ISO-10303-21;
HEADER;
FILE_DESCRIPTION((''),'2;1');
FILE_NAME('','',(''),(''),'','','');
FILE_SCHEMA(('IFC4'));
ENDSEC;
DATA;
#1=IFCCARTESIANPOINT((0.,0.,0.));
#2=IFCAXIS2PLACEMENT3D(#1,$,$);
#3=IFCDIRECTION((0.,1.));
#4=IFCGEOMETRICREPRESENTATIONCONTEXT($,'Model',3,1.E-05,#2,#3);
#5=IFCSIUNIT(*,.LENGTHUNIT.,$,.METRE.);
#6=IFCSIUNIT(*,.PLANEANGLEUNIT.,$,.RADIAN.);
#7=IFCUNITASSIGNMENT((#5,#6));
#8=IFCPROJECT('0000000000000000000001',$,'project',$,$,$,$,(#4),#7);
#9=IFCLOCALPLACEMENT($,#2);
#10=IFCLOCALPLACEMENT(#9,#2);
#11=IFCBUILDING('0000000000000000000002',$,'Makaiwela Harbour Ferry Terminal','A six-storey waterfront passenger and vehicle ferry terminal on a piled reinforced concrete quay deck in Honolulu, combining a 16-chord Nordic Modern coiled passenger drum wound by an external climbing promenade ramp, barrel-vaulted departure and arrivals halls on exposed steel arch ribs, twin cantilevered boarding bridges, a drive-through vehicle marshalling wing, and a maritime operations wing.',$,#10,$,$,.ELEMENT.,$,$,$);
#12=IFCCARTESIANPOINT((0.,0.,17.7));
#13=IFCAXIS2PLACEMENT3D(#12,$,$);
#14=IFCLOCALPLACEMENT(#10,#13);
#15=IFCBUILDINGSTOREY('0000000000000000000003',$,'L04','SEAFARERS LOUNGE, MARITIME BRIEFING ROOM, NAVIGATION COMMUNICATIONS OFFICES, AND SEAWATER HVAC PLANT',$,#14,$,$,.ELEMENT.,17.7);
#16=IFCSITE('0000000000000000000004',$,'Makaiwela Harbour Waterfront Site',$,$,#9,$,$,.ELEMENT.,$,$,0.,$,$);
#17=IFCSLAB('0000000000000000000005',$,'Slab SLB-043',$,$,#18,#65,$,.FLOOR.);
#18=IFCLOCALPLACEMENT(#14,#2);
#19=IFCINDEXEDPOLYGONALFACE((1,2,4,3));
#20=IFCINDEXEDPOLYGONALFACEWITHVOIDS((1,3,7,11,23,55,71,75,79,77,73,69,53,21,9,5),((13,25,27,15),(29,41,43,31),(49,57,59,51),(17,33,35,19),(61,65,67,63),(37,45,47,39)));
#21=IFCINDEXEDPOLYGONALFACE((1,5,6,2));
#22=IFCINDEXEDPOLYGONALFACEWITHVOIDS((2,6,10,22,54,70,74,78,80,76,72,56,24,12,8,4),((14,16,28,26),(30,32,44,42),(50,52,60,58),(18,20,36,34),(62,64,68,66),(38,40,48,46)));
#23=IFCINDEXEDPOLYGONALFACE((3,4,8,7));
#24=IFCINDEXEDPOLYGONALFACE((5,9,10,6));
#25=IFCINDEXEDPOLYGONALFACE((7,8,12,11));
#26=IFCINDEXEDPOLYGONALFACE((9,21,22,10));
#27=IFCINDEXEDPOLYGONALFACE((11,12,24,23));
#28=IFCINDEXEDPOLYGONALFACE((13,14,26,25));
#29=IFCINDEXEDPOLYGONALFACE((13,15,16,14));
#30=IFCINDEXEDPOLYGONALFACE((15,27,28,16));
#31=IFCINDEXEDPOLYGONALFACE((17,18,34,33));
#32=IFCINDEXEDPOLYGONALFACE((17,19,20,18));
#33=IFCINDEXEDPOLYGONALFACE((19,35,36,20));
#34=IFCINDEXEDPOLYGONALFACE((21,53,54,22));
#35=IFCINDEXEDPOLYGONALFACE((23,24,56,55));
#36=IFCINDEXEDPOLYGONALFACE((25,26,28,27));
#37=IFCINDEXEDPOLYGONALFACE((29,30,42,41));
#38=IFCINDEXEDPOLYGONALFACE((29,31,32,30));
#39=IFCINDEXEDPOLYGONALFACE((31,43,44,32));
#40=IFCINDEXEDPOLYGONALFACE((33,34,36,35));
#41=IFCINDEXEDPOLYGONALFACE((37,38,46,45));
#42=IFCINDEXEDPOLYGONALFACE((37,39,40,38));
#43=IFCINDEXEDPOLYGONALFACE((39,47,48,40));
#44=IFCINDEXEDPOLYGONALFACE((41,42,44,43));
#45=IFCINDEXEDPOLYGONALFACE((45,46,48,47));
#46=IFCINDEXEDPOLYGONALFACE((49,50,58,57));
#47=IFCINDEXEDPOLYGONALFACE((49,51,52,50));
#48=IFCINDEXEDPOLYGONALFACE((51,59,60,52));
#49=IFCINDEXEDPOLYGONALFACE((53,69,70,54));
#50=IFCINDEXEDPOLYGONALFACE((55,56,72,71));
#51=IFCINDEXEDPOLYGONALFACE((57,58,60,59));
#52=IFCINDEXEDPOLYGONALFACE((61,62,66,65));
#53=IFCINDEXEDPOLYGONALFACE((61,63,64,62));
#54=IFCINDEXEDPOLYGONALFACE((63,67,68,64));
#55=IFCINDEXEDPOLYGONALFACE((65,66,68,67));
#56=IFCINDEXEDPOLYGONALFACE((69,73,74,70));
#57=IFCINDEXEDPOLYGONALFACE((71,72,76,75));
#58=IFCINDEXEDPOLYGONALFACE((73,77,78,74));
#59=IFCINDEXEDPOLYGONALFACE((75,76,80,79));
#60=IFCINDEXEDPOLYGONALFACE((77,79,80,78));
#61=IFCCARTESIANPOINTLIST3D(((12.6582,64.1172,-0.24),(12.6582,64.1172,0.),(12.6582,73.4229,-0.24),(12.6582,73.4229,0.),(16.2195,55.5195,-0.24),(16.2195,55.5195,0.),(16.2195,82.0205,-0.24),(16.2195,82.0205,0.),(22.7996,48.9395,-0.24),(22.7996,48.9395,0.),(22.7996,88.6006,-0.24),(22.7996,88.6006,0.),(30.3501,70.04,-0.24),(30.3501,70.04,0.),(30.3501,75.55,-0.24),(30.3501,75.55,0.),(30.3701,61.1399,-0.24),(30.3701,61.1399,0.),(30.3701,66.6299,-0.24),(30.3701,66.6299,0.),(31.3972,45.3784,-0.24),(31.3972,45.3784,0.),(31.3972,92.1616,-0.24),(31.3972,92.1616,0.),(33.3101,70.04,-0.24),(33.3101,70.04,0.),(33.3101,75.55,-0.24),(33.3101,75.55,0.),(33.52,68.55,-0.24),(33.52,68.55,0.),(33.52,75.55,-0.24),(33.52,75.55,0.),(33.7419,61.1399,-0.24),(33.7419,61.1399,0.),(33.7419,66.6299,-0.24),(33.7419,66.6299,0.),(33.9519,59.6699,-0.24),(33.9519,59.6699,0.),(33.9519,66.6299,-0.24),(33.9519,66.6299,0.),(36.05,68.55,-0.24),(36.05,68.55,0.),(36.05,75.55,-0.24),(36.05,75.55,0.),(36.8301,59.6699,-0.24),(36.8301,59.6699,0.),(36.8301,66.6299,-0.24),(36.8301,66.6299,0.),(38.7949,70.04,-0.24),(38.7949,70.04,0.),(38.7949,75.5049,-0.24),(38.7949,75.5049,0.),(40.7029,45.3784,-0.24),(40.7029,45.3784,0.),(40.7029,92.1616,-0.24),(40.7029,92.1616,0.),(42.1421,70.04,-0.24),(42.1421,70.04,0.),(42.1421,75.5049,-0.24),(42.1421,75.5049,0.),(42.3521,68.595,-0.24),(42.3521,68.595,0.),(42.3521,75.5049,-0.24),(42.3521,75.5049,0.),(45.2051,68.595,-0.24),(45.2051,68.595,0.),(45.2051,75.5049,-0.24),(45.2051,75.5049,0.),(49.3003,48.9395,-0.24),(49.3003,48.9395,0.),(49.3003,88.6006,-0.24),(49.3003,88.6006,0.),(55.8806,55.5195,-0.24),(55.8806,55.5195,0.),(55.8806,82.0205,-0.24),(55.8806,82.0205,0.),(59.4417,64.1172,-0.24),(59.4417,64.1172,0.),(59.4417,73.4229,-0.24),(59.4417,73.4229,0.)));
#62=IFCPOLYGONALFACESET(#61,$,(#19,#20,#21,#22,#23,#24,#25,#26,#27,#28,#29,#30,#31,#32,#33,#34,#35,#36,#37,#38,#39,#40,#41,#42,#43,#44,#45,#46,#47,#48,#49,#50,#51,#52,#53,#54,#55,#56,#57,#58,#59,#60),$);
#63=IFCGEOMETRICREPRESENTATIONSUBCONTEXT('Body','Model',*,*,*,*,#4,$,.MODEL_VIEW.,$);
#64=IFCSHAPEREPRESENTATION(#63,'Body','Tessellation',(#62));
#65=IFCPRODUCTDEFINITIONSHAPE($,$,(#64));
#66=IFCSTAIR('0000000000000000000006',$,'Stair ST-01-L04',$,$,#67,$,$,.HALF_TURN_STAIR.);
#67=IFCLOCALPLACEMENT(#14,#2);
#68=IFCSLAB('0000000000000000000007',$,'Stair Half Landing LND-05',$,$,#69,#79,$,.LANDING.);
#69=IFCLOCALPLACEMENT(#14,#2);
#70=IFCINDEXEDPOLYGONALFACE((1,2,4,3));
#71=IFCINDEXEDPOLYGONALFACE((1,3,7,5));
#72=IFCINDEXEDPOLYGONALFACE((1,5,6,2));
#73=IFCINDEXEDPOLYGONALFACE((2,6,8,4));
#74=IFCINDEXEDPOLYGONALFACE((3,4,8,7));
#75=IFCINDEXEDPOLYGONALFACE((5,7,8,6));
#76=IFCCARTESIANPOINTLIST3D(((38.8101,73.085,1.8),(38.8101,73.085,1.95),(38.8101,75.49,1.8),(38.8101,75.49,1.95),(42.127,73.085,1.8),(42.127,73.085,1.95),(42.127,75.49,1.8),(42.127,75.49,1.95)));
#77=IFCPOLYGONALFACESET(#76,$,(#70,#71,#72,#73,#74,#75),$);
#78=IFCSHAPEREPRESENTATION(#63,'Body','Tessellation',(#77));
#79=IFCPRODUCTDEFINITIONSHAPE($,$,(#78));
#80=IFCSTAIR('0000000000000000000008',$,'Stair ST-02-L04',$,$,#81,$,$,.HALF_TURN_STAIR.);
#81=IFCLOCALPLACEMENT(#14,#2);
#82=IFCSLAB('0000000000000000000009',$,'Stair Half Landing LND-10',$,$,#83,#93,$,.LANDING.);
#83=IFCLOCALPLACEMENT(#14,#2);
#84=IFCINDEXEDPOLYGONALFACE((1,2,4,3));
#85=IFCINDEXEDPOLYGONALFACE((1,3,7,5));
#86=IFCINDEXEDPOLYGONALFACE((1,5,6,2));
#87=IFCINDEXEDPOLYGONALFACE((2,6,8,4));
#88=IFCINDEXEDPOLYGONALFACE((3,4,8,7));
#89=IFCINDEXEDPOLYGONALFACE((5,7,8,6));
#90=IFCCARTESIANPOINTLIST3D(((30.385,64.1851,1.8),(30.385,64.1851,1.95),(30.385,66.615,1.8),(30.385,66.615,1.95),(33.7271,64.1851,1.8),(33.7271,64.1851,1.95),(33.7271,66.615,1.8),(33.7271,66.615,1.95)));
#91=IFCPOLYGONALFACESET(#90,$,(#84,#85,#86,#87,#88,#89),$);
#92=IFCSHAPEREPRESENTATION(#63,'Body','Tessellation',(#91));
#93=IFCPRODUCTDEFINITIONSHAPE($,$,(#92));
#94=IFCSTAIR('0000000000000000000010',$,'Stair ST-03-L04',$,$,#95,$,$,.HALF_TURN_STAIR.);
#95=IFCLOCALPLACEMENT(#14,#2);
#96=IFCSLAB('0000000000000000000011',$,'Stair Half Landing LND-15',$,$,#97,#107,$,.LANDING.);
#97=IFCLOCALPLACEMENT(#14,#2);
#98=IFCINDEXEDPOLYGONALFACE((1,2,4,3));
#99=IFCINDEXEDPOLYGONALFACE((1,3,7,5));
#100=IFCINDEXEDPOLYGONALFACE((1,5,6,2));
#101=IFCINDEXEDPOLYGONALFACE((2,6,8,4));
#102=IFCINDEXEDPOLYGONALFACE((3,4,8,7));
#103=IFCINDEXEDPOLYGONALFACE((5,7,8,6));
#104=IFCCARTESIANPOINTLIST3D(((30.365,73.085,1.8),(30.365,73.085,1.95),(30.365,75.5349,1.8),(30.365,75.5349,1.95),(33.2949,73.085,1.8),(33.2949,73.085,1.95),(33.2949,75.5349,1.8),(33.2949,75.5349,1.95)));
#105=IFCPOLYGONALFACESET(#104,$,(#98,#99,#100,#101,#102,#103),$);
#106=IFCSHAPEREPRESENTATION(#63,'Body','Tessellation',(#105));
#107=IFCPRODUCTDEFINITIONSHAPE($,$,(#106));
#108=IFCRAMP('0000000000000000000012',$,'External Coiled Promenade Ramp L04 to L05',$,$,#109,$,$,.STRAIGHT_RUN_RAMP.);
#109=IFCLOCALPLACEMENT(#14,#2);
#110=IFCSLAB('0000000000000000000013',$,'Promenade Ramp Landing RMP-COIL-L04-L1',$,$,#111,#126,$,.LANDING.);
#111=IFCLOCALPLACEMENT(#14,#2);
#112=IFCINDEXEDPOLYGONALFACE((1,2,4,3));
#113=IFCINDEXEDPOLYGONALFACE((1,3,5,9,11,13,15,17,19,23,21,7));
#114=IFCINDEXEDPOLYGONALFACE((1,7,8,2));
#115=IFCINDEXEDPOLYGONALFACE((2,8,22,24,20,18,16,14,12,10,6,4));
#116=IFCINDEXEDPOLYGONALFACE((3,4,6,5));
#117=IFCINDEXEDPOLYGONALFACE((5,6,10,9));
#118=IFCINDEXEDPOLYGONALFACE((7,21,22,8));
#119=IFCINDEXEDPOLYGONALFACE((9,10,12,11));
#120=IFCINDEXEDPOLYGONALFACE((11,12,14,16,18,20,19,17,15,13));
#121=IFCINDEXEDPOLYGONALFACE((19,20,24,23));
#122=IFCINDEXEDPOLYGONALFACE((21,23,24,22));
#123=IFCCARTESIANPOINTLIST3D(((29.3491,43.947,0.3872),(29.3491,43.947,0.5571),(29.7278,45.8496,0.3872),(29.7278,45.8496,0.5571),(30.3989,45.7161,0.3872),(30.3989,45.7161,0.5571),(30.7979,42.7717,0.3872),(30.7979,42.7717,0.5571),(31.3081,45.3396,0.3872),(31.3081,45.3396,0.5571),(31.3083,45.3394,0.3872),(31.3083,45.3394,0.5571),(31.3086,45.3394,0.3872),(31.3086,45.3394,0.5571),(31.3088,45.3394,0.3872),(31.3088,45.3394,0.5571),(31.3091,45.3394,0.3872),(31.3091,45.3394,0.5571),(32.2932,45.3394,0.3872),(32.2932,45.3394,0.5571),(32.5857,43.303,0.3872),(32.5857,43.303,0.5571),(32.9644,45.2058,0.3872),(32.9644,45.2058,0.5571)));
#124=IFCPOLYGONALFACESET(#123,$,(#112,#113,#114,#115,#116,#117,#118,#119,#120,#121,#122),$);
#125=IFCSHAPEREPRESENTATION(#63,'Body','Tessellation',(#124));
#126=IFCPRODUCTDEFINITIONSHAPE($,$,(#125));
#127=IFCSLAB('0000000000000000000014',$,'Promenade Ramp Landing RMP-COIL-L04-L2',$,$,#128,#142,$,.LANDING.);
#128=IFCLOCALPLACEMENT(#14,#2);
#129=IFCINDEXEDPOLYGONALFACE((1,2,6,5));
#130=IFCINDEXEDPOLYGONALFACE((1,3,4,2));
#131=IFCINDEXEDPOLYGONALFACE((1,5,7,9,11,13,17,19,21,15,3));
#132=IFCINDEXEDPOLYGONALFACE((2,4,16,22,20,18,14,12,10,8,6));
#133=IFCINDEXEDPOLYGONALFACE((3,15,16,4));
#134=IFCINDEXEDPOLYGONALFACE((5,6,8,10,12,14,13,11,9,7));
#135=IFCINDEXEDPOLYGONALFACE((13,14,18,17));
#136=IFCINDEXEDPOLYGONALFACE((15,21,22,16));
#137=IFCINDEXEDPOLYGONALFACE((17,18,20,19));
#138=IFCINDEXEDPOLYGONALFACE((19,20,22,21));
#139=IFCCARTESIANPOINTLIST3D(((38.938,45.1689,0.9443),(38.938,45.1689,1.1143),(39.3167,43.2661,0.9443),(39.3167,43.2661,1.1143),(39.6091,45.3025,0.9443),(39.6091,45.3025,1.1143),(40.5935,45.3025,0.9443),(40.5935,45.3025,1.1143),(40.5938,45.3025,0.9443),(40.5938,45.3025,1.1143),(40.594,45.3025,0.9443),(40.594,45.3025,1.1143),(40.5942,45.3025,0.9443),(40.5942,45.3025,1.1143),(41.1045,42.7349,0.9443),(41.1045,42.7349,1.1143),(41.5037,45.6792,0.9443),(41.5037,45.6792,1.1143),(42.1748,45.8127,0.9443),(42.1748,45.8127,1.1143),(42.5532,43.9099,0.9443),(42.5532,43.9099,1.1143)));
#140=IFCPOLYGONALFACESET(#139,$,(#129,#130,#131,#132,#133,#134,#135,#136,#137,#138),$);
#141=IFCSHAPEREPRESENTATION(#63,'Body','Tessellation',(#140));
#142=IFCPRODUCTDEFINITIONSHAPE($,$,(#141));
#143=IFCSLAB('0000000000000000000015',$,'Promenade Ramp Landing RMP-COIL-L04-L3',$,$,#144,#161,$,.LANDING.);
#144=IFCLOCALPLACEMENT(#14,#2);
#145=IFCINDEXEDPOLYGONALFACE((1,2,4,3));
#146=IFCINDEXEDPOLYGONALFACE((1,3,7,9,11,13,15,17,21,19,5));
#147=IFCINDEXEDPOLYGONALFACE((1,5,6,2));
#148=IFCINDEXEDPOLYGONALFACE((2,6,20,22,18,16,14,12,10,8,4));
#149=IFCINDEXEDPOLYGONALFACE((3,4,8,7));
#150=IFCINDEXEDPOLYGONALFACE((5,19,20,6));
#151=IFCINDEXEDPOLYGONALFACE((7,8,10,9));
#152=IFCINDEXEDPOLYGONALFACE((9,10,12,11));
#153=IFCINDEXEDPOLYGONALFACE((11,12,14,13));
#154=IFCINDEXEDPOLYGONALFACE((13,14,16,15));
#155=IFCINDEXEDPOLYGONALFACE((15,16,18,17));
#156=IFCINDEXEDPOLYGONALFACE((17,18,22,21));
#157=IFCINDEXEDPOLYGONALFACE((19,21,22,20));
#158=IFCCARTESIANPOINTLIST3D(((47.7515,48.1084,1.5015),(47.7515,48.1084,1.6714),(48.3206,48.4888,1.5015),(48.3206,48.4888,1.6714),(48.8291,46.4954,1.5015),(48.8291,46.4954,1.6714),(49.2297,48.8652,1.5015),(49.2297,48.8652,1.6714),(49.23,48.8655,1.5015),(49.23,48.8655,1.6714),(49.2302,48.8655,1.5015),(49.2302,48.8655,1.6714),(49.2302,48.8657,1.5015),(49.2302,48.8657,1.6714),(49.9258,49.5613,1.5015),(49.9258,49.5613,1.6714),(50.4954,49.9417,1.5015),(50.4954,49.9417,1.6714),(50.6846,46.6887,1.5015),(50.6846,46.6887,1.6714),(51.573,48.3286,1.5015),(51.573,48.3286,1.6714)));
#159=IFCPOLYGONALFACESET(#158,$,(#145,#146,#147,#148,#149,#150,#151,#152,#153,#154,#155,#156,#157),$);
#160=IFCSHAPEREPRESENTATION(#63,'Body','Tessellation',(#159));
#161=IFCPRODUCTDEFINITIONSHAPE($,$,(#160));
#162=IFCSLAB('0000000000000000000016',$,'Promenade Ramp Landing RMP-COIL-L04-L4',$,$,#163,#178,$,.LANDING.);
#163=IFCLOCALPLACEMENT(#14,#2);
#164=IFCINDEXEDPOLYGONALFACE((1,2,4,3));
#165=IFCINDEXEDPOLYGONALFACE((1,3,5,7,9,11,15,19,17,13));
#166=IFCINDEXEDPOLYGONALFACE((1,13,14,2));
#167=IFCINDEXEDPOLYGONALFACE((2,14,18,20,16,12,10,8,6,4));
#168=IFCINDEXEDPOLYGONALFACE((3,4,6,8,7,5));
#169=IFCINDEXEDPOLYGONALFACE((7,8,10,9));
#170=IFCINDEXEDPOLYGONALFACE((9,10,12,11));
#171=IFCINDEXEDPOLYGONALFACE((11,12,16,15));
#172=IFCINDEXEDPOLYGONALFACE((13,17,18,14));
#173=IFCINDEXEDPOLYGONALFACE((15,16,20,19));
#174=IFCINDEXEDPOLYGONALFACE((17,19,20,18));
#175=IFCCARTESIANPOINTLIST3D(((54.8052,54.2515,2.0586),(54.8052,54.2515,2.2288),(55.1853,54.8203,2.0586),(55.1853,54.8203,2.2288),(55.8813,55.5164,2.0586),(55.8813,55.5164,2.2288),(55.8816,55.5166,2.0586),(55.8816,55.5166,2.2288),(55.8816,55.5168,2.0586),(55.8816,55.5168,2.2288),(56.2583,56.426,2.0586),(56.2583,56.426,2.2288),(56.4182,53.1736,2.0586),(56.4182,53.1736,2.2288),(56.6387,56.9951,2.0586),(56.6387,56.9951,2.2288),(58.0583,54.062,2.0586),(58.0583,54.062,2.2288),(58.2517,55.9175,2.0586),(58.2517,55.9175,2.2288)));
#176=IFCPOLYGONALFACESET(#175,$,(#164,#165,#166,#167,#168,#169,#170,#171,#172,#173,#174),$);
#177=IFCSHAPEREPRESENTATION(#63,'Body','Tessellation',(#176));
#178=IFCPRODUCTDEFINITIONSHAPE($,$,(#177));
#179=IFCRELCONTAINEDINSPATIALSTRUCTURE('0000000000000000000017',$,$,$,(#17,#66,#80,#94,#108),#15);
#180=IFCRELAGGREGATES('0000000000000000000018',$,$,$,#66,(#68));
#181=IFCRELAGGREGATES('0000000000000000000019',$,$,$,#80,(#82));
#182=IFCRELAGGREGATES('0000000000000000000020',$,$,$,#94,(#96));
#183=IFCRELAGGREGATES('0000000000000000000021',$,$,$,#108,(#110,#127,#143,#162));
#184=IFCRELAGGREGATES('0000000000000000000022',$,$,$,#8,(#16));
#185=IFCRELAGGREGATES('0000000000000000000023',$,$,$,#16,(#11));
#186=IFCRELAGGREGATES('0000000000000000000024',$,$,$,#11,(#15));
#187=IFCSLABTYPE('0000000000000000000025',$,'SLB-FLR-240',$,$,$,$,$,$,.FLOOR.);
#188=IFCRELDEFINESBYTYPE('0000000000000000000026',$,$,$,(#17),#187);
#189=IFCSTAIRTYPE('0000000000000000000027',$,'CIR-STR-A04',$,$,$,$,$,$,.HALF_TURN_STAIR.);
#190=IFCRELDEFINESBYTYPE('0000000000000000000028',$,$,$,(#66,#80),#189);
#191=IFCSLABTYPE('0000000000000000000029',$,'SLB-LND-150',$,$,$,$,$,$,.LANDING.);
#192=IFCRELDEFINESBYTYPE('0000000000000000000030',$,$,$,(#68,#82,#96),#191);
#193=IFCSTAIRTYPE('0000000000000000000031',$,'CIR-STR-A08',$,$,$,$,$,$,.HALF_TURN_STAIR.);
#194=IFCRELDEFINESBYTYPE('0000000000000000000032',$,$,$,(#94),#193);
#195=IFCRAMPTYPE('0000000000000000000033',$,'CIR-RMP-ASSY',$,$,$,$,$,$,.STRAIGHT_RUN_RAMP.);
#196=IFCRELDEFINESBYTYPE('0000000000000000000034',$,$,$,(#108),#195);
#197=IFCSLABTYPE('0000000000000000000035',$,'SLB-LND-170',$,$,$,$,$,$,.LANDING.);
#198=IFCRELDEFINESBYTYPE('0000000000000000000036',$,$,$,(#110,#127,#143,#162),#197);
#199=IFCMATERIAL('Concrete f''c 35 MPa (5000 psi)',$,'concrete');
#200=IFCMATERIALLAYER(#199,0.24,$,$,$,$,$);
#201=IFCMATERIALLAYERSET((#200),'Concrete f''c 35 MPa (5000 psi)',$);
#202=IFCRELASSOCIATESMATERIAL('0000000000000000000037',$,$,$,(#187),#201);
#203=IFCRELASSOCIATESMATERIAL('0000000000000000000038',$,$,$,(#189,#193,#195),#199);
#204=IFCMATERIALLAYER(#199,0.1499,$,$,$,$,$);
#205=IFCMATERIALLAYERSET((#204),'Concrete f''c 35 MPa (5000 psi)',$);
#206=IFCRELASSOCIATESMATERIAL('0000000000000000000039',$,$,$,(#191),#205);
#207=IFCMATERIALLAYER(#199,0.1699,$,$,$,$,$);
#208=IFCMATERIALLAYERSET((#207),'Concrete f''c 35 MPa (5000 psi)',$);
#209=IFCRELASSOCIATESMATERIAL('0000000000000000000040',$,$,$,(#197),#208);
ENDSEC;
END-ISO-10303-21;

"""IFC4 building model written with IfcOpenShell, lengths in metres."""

from ifc_helpers import new_model, si_unit, direction, frame, origin, place, context, subcontext, project, spatial, polyline, outline, extrude, material, layer, layer_set, type_object, element, aggregate, save


model = new_model("IFC4")

# Units and contexts
model_context = context("Model", 3, precision=1e-05, world=origin(), true_north=direction((0.0, 1.0)))
body_context = subcontext(model_context, "Body", "Model", "MODEL_VIEW")
ifc_project = project(units=[si_unit("LENGTHUNIT", "METRE"), si_unit("PLANEANGLEUNIT", "RADIAN")], contexts=[model_context])

# Site, building, storey
site_placement = place(None, origin())
site = spatial("IfcSite", under=ifc_project, at=site_placement, Name="Makaiwela Harbour Waterfront Site", CompositionType="ELEMENT", RefElevation=0.0)
building_placement = place(site_placement, origin())
building = spatial("IfcBuilding", under=site, at=building_placement, Name="Makaiwela Harbour Ferry Terminal", Description="A six-storey waterfront passenger and vehicle ferry terminal on a piled reinforced concrete quay deck in Honolulu, combining a 16-chord Nordic Modern coiled passenger drum wound by an external climbing promenade ramp, barrel-vaulted departure and arrivals halls on exposed steel arch ribs, twin cantilevered boarding bridges, a drive-through vehicle marshalling wing, and a maritime operations wing.", CompositionType="ELEMENT")
storey_placement = place(building_placement, frame((0.0, 0.0, 17.7)))
storey = spatial("IfcBuildingStorey", under=building, at=storey_placement, Name="L04", Description="SEAFARERS LOUNGE, MARITIME BRIEFING ROOM, NAVIGATION COMMUNICATIONS OFFICES, AND SEAWATER HVAC PLANT", CompositionType="ELEMENT", Elevation=17.7)

# Slab
ifc_material_1 = material(Name="Concrete f'c 35 MPa (5000 psi)", Category="concrete")
ifc_layer_1 = layer(ifc_material_1, 0.24)
ifc_layer_set_1 = layer_set([ifc_layer_1], Name="Concrete f'c 35 MPa (5000 psi)")
slab_type_1 = type_object("IfcSlabType", Name="SLB-FLR-240", PredefinedType="FLOOR", material=ifc_layer_set_1)
slab_1_placement = place(storey_placement, frame((0.0, 0.0, -0.24)))
element("IfcSlab", 1, at=slab_1_placement, inside=storey, type_object=slab_type_1, Name="Slab SLB-043", PredefinedType="FLOOR", context=body_context, shape_type="SweptSolid", body=[
    extrude(outline(polyline([(59.4417, 73.4229), (55.8806, 82.0205), (49.3003, 88.6006), (40.7029, 92.1616), (31.3972, 92.1616), (22.7996, 88.6006), (16.2195, 82.0205), (12.6582, 73.4229), (12.6582, 64.1172), (16.2195, 55.5195), (22.7996, 48.9395), (31.3972, 45.3784), (40.7029, 45.3784), (49.3003, 48.9395), (55.8806, 55.5195), (59.4417, 64.1172), (59.4417, 73.4229)]), holes=[polyline([(38.7949, 70.04), (38.7949, 75.5049), (42.1421, 75.5049), (42.1421, 70.04), (38.7949, 70.04)]), polyline([(42.3521, 68.595), (42.3521, 75.5049), (45.2051, 75.5049), (45.2051, 68.595), (42.3521, 68.595)]), polyline([(30.3701, 61.1399), (30.3701, 66.6299), (33.7419, 66.6299), (33.7419, 61.1399), (30.3701, 61.1399)]), polyline([(33.9519, 59.6699), (33.9519, 66.6299), (36.8301, 66.6299), (36.8301, 59.6699), (33.9519, 59.6699)]), polyline([(30.3501, 70.04), (30.3501, 75.55), (33.3101, 75.55), (33.3101, 70.04), (30.3501, 70.04)]), polyline([(33.52, 68.55), (33.52, 75.55), (36.05, 75.55), (36.05, 68.55), (33.52, 68.55)])]), origin(), (0.0, 0.0, 1.0), 0.24),
])

# Stairs, slabs
stair_type_1 = type_object("IfcStairType", Name="CIR-STR-A04", PredefinedType="HALF_TURN_STAIR", material=ifc_material_1)
stair_1_placement = place(storey_placement, origin())
stair_1 = element("IfcStair", 2, at=stair_1_placement, inside=storey, type_object=stair_type_1, Name="Stair ST-01-L04", PredefinedType="HALF_TURN_STAIR")
ifc_layer_2 = layer(ifc_material_1, 0.1499)
ifc_layer_set_2 = layer_set([ifc_layer_2], Name="Concrete f'c 35 MPa (5000 psi)")
slab_type_2 = type_object("IfcSlabType", Name="SLB-LND-150", PredefinedType="LANDING", material=ifc_layer_set_2)
slab_2_placement = place(storey_placement, frame((0.0, 0.0, 1.8)))
slab_2 = element("IfcSlab", 3, at=slab_2_placement, type_object=slab_type_2, Name="Stair Half Landing LND-05", PredefinedType="LANDING", context=body_context, shape_type="SweptSolid", body=[
    extrude(outline(polyline([(38.8101, 73.085), (42.127, 73.085), (42.127, 75.49), (38.8101, 75.49), (38.8101, 73.085)])), origin(), (0.0, 0.0, 1.0), 0.1499),
])
aggregate(stair_1, [slab_2])
stair_2_placement = place(storey_placement, origin())
stair_2 = element("IfcStair", 4, at=stair_2_placement, inside=storey, type_object=stair_type_1, Name="Stair ST-02-L04", PredefinedType="HALF_TURN_STAIR")
slab_3_placement = place(storey_placement, frame((0.0, 0.0, 1.8)))
slab_3 = element("IfcSlab", 5, at=slab_3_placement, type_object=slab_type_2, Name="Stair Half Landing LND-10", PredefinedType="LANDING", context=body_context, shape_type="SweptSolid", body=[
    extrude(outline(polyline([(30.385, 64.1851), (33.7271, 64.1851), (33.7271, 66.615), (30.385, 66.615), (30.385, 64.1851)])), origin(), (0.0, 0.0, 1.0), 0.1499),
])
aggregate(stair_2, [slab_3])
stair_type_2 = type_object("IfcStairType", Name="CIR-STR-A08", PredefinedType="HALF_TURN_STAIR", material=ifc_material_1)
stair_3_placement = place(storey_placement, origin())
stair_3 = element("IfcStair", 6, at=stair_3_placement, inside=storey, type_object=stair_type_2, Name="Stair ST-03-L04", PredefinedType="HALF_TURN_STAIR")
slab_4_placement = place(storey_placement, frame((0.0, 0.0, 1.8)))
slab_4 = element("IfcSlab", 7, at=slab_4_placement, type_object=slab_type_2, Name="Stair Half Landing LND-15", PredefinedType="LANDING", context=body_context, shape_type="SweptSolid", body=[
    extrude(outline(polyline([(30.365, 73.085), (33.2949, 73.085), (33.2949, 75.5349), (30.365, 75.5349), (30.365, 73.085)])), origin(), (0.0, 0.0, 1.0), 0.1499),
])
aggregate(stair_3, [slab_4])

# Ramp, slabs
ramp_type = type_object("IfcRampType", Name="CIR-RMP-ASSY", PredefinedType="STRAIGHT_RUN_RAMP", material=ifc_material_1)
ramp_placement = place(storey_placement, origin())
ramp = element("IfcRamp", 8, at=ramp_placement, inside=storey, type_object=ramp_type, Name="External Coiled Promenade Ramp L04 to L05", PredefinedType="STRAIGHT_RUN_RAMP")
ifc_layer_3 = layer(ifc_material_1, 0.1699)
ifc_layer_set_3 = layer_set([ifc_layer_3], Name="Concrete f'c 35 MPa (5000 psi)")
slab_type_3 = type_object("IfcSlabType", Name="SLB-LND-170", PredefinedType="LANDING", material=ifc_layer_set_3)
slab_5_placement = place(storey_placement, frame((0.0, 0.0, 0.3872)))
slab_5 = element("IfcSlab", 9, at=slab_5_placement, type_object=slab_type_3, Name="Promenade Ramp Landing RMP-COIL-L04-L1", PredefinedType="LANDING", context=body_context, shape_type="SweptSolid", body=[
    extrude(outline(polyline([(32.2932, 45.3394), (31.3091, 45.3394), (31.3088, 45.3394), (31.3086, 45.3394), (31.3083, 45.3394), (31.3081, 45.3396), (30.3989, 45.7161), (29.7278, 45.8496), (29.3491, 43.947), (30.7979, 42.7717), (32.5857, 43.303), (32.9644, 45.2058), (32.2932, 45.3394)])), origin(), (0.0, 0.0, 1.0), 0.1699),
])
slab_6_placement = place(storey_placement, frame((0.0, 0.0, 0.9443)))
slab_6 = element("IfcSlab", 10, at=slab_6_placement, type_object=slab_type_3, Name="Promenade Ramp Landing RMP-COIL-L04-L2", PredefinedType="LANDING", context=body_context, shape_type="SweptSolid", body=[
    extrude(outline(polyline([(41.5037, 45.6792), (40.5942, 45.3025), (40.594, 45.3025), (40.594, 45.3025), (40.5938, 45.3025), (40.5935, 45.3025), (39.6091, 45.3025), (38.938, 45.1689), (39.3167, 43.2661), (41.1045, 42.7349), (42.5532, 43.9099), (42.1748, 45.8127), (41.5037, 45.6792)])), origin(), (0.0, 0.0, 1.0), 0.1699),
])
slab_7_placement = place(storey_placement, frame((0.0, 0.0, 1.5015)))
slab_7 = element("IfcSlab", 11, at=slab_7_placement, type_object=slab_type_3, Name="Promenade Ramp Landing RMP-COIL-L04-L3", PredefinedType="LANDING", context=body_context, shape_type="SweptSolid", body=[
    extrude(outline(polyline([(49.9258, 49.5613), (49.2302, 48.8657), (49.2302, 48.8655), (49.23, 48.8655), (49.2297, 48.8652), (49.2297, 48.8652), (48.3206, 48.4888), (47.7515, 48.1084), (48.8291, 46.4954), (50.6846, 46.6887), (51.573, 48.3286), (50.4954, 49.9417), (49.9258, 49.5613)])), origin(), (0.0, 0.0, 1.0), 0.1699),
])
slab_8_placement = place(storey_placement, frame((0.0, 0.0, 2.0586)))
slab_8 = element("IfcSlab", 12, at=slab_8_placement, type_object=slab_type_3, Name="Promenade Ramp Landing RMP-COIL-L04-L4", PredefinedType="LANDING", context=body_context, shape_type="SweptSolid", body=[
    extrude(outline(polyline([(56.2583, 56.426), (55.8816, 55.5168), (55.8816, 55.5168), (55.8816, 55.5166), (55.8813, 55.5164), (55.8813, 55.5164), (55.1853, 54.8203), (54.8052, 54.2515), (56.4182, 53.1736), (58.0583, 54.062), (58.2517, 55.9175), (56.6387, 56.9951), (56.2583, 56.426)])), origin(), (0.0, 0.0, 1.0), 0.1702),
])
aggregate(ramp, [slab_5, slab_6, slab_7, slab_8])

save(model, "model.ifc")
